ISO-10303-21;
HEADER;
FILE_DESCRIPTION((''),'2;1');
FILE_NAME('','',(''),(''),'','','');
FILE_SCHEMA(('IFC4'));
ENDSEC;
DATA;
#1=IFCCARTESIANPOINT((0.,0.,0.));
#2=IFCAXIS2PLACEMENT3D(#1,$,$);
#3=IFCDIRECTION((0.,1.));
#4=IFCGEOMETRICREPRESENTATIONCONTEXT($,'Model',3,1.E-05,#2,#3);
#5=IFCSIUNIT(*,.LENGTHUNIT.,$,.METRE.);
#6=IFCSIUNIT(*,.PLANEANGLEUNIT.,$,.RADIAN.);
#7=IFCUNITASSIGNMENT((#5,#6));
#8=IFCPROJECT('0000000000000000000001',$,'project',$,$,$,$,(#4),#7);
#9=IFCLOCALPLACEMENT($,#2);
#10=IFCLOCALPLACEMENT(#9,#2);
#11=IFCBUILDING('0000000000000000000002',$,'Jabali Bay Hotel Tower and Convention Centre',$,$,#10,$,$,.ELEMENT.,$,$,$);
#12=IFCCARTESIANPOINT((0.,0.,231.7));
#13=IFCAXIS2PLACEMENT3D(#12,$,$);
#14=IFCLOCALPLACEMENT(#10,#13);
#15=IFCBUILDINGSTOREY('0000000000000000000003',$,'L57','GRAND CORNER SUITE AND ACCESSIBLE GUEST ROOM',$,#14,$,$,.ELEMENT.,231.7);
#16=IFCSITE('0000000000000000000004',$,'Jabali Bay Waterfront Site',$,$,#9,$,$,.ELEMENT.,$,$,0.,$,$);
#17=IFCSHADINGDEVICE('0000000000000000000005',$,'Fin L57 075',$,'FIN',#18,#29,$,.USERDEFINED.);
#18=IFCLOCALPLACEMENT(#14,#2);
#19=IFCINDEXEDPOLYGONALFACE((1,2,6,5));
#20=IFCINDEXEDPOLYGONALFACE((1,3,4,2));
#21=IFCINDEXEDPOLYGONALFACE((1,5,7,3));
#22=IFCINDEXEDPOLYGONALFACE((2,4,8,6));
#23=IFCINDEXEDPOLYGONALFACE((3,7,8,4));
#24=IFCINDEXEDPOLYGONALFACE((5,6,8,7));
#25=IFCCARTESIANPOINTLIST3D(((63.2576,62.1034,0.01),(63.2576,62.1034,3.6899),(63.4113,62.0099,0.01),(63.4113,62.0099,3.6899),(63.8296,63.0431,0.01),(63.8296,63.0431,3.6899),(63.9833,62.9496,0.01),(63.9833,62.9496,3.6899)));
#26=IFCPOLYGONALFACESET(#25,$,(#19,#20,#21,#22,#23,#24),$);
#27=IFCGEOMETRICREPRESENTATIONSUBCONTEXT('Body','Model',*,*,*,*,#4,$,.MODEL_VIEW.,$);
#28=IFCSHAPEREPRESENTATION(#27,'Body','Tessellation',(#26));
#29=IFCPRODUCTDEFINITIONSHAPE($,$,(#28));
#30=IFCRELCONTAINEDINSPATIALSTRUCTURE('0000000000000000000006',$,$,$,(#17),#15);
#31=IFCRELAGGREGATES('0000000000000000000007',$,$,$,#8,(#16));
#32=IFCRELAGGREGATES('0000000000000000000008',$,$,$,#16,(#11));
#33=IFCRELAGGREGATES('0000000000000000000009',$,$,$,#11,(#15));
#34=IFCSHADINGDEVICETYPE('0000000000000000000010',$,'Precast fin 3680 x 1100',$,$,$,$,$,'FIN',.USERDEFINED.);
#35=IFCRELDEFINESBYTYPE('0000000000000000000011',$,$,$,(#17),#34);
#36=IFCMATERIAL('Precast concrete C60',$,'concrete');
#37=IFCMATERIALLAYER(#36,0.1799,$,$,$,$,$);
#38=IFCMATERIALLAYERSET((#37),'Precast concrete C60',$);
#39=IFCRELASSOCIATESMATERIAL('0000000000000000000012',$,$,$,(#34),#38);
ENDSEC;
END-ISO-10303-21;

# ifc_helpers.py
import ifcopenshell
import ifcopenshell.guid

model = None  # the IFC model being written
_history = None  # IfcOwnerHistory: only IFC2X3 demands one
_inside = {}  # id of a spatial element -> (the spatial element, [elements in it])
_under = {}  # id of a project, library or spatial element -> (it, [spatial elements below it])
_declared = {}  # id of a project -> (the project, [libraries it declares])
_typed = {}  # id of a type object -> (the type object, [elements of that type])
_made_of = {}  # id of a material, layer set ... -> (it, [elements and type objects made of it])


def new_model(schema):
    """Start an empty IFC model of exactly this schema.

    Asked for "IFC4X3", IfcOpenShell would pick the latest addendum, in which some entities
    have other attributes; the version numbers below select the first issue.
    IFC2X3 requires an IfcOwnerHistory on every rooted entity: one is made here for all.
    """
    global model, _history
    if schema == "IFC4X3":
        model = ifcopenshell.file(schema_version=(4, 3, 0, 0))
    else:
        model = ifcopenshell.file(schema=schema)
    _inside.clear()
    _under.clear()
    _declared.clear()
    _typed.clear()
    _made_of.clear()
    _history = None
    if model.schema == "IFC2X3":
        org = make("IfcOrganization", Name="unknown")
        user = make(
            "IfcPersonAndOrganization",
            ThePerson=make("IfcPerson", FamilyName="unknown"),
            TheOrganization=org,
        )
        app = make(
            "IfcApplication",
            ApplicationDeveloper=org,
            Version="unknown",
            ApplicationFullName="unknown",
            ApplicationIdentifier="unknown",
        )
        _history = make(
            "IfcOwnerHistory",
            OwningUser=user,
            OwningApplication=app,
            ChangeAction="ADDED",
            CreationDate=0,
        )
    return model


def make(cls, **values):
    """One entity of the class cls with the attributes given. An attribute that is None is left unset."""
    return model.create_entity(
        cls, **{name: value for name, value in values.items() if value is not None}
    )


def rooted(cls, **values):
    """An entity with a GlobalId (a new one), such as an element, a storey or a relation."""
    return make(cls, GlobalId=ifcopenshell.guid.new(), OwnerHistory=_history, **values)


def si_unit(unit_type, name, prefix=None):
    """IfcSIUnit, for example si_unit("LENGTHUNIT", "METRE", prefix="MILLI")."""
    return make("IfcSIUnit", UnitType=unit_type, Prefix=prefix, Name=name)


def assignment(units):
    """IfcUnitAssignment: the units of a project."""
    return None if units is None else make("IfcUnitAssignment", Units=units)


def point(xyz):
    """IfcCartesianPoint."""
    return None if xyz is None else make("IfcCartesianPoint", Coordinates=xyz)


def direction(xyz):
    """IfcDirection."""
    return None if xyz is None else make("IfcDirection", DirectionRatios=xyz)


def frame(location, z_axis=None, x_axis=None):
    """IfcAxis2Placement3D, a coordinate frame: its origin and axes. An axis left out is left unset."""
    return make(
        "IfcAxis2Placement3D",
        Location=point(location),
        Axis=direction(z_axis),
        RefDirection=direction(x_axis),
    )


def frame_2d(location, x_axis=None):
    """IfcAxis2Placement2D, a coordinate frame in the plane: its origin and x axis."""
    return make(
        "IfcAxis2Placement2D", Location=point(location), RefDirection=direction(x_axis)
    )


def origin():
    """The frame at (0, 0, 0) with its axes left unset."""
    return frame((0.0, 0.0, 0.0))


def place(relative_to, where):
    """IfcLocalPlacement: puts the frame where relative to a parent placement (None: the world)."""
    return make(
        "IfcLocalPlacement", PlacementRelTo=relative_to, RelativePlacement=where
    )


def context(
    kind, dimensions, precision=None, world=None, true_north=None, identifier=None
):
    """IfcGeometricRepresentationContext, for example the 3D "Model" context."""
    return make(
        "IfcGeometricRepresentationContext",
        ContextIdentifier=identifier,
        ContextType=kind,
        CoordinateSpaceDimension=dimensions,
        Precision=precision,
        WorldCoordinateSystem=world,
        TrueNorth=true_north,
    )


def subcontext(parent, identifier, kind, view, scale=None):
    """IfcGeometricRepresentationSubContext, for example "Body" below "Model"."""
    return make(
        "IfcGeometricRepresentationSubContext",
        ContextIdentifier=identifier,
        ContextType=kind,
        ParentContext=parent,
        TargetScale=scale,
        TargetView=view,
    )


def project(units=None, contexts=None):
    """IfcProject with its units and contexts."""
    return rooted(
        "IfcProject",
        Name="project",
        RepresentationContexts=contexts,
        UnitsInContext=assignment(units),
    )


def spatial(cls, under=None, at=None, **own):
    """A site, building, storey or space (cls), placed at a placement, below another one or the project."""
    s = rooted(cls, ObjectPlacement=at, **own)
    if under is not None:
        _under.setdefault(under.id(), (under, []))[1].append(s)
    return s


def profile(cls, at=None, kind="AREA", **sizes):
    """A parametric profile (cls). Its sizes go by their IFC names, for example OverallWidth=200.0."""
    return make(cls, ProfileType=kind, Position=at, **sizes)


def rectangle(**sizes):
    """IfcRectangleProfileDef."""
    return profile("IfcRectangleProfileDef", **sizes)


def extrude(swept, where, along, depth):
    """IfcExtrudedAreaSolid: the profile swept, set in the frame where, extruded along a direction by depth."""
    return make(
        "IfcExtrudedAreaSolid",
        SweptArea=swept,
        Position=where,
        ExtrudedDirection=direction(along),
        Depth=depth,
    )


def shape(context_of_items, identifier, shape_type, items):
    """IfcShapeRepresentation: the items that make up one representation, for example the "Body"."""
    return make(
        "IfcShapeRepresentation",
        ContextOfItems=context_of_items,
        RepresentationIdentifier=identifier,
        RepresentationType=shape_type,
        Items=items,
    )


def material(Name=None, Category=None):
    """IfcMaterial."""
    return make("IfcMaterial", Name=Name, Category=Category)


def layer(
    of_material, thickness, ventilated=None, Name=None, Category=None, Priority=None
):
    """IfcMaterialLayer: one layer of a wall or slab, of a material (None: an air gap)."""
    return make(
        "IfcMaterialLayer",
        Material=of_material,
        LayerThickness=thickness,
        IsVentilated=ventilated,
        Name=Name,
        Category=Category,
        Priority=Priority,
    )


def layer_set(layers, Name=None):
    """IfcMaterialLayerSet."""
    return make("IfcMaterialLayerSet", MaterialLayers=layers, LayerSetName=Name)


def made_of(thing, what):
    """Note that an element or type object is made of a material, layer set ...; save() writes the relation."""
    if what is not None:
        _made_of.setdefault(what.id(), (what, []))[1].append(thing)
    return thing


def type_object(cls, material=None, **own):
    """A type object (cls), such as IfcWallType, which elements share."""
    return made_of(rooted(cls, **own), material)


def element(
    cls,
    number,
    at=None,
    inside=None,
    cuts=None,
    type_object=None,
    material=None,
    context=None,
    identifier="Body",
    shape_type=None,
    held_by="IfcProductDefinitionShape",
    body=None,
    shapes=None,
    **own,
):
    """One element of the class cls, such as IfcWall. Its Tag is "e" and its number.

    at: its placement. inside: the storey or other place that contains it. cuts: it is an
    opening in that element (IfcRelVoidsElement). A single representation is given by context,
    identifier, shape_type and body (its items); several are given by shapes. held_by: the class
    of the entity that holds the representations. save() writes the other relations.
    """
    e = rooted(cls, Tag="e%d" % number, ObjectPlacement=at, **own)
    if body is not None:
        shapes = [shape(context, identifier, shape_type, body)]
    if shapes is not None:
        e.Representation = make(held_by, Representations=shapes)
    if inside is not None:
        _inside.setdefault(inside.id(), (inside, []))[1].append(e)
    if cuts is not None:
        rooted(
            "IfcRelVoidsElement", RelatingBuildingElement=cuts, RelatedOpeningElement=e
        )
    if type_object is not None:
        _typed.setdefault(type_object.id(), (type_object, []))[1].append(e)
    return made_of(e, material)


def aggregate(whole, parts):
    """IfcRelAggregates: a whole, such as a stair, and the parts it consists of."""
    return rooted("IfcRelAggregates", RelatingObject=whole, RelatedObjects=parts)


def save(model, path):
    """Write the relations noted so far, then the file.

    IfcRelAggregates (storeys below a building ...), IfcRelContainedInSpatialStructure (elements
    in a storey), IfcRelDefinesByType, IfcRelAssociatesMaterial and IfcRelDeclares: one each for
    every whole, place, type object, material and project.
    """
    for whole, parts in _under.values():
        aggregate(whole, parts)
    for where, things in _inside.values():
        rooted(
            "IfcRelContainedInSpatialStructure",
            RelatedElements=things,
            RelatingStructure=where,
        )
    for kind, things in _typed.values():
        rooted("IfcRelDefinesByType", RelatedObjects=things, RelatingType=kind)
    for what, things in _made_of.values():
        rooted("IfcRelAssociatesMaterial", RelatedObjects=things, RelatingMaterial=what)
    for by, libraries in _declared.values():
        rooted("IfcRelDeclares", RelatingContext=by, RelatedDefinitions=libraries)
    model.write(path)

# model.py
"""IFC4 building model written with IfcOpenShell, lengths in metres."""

from ifc_helpers import new_model, si_unit, direction, frame, frame_2d, origin, place, context, subcontext, project, spatial, rectangle, extrude, material, layer, layer_set, type_object, element, save


model = new_model("IFC4")

# Units and contexts
model_context = context("Model", 3, precision=1e-05, world=origin(), true_north=direction((0.0, 1.0)))
body_context = subcontext(model_context, "Body", "Model", "MODEL_VIEW")
ifc_project = project(units=[si_unit("LENGTHUNIT", "METRE"), si_unit("PLANEANGLEUNIT", "RADIAN")], contexts=[model_context])

# Site, building, storey
site_placement = place(None, origin())
site = spatial("IfcSite", under=ifc_project, at=site_placement, Name="Jabali Bay Waterfront Site", CompositionType="ELEMENT", RefElevation=0.0)
building_placement = place(site_placement, origin())
building = spatial("IfcBuilding", under=site, at=building_placement, Name="Jabali Bay Hotel Tower and Convention Centre", CompositionType="ELEMENT")
storey_placement = place(building_placement, frame((0.0, 0.0, 231.7)))
storey = spatial("IfcBuildingStorey", under=building, at=storey_placement, Name="L57", Description="GRAND CORNER SUITE AND ACCESSIBLE GUEST ROOM", CompositionType="ELEMENT", Elevation=231.7)

# Shading device
ifc_material_1 = material(Name="Precast concrete C60", Category="concrete")
ifc_layer_1 = layer(ifc_material_1, 0.1799)
ifc_layer_set_1 = layer_set([ifc_layer_1], Name="Precast concrete C60")
shading_device_type = type_object("IfcShadingDeviceType", Name="Precast fin 3680 x 1100", ElementType="FIN", PredefinedType="USERDEFINED", material=ifc_layer_set_1)
for number, where, z_axis, x_axis, name in (
    (1, (63.9065, 62.9963, 0.01), (0.0, 0.0, 1.0), (-0.519968, -0.854186, 0.0), "Fin L57 075"),
):
    element("IfcShadingDevice", number, at=place(storey_placement, frame(where, z_axis=z_axis, x_axis=x_axis)), inside=storey, type_object=shading_device_type, Name=name, ObjectType="FIN", PredefinedType="USERDEFINED", context=body_context, shape_type="SweptSolid", body=[
        extrude(rectangle(XDim=1.1001, YDim=0.1799, at=frame_2d((0.55, 0.0))), origin(), (0.0, 0.0, 1.0), 3.6799),
    ])

save(model, "model.ifc")
